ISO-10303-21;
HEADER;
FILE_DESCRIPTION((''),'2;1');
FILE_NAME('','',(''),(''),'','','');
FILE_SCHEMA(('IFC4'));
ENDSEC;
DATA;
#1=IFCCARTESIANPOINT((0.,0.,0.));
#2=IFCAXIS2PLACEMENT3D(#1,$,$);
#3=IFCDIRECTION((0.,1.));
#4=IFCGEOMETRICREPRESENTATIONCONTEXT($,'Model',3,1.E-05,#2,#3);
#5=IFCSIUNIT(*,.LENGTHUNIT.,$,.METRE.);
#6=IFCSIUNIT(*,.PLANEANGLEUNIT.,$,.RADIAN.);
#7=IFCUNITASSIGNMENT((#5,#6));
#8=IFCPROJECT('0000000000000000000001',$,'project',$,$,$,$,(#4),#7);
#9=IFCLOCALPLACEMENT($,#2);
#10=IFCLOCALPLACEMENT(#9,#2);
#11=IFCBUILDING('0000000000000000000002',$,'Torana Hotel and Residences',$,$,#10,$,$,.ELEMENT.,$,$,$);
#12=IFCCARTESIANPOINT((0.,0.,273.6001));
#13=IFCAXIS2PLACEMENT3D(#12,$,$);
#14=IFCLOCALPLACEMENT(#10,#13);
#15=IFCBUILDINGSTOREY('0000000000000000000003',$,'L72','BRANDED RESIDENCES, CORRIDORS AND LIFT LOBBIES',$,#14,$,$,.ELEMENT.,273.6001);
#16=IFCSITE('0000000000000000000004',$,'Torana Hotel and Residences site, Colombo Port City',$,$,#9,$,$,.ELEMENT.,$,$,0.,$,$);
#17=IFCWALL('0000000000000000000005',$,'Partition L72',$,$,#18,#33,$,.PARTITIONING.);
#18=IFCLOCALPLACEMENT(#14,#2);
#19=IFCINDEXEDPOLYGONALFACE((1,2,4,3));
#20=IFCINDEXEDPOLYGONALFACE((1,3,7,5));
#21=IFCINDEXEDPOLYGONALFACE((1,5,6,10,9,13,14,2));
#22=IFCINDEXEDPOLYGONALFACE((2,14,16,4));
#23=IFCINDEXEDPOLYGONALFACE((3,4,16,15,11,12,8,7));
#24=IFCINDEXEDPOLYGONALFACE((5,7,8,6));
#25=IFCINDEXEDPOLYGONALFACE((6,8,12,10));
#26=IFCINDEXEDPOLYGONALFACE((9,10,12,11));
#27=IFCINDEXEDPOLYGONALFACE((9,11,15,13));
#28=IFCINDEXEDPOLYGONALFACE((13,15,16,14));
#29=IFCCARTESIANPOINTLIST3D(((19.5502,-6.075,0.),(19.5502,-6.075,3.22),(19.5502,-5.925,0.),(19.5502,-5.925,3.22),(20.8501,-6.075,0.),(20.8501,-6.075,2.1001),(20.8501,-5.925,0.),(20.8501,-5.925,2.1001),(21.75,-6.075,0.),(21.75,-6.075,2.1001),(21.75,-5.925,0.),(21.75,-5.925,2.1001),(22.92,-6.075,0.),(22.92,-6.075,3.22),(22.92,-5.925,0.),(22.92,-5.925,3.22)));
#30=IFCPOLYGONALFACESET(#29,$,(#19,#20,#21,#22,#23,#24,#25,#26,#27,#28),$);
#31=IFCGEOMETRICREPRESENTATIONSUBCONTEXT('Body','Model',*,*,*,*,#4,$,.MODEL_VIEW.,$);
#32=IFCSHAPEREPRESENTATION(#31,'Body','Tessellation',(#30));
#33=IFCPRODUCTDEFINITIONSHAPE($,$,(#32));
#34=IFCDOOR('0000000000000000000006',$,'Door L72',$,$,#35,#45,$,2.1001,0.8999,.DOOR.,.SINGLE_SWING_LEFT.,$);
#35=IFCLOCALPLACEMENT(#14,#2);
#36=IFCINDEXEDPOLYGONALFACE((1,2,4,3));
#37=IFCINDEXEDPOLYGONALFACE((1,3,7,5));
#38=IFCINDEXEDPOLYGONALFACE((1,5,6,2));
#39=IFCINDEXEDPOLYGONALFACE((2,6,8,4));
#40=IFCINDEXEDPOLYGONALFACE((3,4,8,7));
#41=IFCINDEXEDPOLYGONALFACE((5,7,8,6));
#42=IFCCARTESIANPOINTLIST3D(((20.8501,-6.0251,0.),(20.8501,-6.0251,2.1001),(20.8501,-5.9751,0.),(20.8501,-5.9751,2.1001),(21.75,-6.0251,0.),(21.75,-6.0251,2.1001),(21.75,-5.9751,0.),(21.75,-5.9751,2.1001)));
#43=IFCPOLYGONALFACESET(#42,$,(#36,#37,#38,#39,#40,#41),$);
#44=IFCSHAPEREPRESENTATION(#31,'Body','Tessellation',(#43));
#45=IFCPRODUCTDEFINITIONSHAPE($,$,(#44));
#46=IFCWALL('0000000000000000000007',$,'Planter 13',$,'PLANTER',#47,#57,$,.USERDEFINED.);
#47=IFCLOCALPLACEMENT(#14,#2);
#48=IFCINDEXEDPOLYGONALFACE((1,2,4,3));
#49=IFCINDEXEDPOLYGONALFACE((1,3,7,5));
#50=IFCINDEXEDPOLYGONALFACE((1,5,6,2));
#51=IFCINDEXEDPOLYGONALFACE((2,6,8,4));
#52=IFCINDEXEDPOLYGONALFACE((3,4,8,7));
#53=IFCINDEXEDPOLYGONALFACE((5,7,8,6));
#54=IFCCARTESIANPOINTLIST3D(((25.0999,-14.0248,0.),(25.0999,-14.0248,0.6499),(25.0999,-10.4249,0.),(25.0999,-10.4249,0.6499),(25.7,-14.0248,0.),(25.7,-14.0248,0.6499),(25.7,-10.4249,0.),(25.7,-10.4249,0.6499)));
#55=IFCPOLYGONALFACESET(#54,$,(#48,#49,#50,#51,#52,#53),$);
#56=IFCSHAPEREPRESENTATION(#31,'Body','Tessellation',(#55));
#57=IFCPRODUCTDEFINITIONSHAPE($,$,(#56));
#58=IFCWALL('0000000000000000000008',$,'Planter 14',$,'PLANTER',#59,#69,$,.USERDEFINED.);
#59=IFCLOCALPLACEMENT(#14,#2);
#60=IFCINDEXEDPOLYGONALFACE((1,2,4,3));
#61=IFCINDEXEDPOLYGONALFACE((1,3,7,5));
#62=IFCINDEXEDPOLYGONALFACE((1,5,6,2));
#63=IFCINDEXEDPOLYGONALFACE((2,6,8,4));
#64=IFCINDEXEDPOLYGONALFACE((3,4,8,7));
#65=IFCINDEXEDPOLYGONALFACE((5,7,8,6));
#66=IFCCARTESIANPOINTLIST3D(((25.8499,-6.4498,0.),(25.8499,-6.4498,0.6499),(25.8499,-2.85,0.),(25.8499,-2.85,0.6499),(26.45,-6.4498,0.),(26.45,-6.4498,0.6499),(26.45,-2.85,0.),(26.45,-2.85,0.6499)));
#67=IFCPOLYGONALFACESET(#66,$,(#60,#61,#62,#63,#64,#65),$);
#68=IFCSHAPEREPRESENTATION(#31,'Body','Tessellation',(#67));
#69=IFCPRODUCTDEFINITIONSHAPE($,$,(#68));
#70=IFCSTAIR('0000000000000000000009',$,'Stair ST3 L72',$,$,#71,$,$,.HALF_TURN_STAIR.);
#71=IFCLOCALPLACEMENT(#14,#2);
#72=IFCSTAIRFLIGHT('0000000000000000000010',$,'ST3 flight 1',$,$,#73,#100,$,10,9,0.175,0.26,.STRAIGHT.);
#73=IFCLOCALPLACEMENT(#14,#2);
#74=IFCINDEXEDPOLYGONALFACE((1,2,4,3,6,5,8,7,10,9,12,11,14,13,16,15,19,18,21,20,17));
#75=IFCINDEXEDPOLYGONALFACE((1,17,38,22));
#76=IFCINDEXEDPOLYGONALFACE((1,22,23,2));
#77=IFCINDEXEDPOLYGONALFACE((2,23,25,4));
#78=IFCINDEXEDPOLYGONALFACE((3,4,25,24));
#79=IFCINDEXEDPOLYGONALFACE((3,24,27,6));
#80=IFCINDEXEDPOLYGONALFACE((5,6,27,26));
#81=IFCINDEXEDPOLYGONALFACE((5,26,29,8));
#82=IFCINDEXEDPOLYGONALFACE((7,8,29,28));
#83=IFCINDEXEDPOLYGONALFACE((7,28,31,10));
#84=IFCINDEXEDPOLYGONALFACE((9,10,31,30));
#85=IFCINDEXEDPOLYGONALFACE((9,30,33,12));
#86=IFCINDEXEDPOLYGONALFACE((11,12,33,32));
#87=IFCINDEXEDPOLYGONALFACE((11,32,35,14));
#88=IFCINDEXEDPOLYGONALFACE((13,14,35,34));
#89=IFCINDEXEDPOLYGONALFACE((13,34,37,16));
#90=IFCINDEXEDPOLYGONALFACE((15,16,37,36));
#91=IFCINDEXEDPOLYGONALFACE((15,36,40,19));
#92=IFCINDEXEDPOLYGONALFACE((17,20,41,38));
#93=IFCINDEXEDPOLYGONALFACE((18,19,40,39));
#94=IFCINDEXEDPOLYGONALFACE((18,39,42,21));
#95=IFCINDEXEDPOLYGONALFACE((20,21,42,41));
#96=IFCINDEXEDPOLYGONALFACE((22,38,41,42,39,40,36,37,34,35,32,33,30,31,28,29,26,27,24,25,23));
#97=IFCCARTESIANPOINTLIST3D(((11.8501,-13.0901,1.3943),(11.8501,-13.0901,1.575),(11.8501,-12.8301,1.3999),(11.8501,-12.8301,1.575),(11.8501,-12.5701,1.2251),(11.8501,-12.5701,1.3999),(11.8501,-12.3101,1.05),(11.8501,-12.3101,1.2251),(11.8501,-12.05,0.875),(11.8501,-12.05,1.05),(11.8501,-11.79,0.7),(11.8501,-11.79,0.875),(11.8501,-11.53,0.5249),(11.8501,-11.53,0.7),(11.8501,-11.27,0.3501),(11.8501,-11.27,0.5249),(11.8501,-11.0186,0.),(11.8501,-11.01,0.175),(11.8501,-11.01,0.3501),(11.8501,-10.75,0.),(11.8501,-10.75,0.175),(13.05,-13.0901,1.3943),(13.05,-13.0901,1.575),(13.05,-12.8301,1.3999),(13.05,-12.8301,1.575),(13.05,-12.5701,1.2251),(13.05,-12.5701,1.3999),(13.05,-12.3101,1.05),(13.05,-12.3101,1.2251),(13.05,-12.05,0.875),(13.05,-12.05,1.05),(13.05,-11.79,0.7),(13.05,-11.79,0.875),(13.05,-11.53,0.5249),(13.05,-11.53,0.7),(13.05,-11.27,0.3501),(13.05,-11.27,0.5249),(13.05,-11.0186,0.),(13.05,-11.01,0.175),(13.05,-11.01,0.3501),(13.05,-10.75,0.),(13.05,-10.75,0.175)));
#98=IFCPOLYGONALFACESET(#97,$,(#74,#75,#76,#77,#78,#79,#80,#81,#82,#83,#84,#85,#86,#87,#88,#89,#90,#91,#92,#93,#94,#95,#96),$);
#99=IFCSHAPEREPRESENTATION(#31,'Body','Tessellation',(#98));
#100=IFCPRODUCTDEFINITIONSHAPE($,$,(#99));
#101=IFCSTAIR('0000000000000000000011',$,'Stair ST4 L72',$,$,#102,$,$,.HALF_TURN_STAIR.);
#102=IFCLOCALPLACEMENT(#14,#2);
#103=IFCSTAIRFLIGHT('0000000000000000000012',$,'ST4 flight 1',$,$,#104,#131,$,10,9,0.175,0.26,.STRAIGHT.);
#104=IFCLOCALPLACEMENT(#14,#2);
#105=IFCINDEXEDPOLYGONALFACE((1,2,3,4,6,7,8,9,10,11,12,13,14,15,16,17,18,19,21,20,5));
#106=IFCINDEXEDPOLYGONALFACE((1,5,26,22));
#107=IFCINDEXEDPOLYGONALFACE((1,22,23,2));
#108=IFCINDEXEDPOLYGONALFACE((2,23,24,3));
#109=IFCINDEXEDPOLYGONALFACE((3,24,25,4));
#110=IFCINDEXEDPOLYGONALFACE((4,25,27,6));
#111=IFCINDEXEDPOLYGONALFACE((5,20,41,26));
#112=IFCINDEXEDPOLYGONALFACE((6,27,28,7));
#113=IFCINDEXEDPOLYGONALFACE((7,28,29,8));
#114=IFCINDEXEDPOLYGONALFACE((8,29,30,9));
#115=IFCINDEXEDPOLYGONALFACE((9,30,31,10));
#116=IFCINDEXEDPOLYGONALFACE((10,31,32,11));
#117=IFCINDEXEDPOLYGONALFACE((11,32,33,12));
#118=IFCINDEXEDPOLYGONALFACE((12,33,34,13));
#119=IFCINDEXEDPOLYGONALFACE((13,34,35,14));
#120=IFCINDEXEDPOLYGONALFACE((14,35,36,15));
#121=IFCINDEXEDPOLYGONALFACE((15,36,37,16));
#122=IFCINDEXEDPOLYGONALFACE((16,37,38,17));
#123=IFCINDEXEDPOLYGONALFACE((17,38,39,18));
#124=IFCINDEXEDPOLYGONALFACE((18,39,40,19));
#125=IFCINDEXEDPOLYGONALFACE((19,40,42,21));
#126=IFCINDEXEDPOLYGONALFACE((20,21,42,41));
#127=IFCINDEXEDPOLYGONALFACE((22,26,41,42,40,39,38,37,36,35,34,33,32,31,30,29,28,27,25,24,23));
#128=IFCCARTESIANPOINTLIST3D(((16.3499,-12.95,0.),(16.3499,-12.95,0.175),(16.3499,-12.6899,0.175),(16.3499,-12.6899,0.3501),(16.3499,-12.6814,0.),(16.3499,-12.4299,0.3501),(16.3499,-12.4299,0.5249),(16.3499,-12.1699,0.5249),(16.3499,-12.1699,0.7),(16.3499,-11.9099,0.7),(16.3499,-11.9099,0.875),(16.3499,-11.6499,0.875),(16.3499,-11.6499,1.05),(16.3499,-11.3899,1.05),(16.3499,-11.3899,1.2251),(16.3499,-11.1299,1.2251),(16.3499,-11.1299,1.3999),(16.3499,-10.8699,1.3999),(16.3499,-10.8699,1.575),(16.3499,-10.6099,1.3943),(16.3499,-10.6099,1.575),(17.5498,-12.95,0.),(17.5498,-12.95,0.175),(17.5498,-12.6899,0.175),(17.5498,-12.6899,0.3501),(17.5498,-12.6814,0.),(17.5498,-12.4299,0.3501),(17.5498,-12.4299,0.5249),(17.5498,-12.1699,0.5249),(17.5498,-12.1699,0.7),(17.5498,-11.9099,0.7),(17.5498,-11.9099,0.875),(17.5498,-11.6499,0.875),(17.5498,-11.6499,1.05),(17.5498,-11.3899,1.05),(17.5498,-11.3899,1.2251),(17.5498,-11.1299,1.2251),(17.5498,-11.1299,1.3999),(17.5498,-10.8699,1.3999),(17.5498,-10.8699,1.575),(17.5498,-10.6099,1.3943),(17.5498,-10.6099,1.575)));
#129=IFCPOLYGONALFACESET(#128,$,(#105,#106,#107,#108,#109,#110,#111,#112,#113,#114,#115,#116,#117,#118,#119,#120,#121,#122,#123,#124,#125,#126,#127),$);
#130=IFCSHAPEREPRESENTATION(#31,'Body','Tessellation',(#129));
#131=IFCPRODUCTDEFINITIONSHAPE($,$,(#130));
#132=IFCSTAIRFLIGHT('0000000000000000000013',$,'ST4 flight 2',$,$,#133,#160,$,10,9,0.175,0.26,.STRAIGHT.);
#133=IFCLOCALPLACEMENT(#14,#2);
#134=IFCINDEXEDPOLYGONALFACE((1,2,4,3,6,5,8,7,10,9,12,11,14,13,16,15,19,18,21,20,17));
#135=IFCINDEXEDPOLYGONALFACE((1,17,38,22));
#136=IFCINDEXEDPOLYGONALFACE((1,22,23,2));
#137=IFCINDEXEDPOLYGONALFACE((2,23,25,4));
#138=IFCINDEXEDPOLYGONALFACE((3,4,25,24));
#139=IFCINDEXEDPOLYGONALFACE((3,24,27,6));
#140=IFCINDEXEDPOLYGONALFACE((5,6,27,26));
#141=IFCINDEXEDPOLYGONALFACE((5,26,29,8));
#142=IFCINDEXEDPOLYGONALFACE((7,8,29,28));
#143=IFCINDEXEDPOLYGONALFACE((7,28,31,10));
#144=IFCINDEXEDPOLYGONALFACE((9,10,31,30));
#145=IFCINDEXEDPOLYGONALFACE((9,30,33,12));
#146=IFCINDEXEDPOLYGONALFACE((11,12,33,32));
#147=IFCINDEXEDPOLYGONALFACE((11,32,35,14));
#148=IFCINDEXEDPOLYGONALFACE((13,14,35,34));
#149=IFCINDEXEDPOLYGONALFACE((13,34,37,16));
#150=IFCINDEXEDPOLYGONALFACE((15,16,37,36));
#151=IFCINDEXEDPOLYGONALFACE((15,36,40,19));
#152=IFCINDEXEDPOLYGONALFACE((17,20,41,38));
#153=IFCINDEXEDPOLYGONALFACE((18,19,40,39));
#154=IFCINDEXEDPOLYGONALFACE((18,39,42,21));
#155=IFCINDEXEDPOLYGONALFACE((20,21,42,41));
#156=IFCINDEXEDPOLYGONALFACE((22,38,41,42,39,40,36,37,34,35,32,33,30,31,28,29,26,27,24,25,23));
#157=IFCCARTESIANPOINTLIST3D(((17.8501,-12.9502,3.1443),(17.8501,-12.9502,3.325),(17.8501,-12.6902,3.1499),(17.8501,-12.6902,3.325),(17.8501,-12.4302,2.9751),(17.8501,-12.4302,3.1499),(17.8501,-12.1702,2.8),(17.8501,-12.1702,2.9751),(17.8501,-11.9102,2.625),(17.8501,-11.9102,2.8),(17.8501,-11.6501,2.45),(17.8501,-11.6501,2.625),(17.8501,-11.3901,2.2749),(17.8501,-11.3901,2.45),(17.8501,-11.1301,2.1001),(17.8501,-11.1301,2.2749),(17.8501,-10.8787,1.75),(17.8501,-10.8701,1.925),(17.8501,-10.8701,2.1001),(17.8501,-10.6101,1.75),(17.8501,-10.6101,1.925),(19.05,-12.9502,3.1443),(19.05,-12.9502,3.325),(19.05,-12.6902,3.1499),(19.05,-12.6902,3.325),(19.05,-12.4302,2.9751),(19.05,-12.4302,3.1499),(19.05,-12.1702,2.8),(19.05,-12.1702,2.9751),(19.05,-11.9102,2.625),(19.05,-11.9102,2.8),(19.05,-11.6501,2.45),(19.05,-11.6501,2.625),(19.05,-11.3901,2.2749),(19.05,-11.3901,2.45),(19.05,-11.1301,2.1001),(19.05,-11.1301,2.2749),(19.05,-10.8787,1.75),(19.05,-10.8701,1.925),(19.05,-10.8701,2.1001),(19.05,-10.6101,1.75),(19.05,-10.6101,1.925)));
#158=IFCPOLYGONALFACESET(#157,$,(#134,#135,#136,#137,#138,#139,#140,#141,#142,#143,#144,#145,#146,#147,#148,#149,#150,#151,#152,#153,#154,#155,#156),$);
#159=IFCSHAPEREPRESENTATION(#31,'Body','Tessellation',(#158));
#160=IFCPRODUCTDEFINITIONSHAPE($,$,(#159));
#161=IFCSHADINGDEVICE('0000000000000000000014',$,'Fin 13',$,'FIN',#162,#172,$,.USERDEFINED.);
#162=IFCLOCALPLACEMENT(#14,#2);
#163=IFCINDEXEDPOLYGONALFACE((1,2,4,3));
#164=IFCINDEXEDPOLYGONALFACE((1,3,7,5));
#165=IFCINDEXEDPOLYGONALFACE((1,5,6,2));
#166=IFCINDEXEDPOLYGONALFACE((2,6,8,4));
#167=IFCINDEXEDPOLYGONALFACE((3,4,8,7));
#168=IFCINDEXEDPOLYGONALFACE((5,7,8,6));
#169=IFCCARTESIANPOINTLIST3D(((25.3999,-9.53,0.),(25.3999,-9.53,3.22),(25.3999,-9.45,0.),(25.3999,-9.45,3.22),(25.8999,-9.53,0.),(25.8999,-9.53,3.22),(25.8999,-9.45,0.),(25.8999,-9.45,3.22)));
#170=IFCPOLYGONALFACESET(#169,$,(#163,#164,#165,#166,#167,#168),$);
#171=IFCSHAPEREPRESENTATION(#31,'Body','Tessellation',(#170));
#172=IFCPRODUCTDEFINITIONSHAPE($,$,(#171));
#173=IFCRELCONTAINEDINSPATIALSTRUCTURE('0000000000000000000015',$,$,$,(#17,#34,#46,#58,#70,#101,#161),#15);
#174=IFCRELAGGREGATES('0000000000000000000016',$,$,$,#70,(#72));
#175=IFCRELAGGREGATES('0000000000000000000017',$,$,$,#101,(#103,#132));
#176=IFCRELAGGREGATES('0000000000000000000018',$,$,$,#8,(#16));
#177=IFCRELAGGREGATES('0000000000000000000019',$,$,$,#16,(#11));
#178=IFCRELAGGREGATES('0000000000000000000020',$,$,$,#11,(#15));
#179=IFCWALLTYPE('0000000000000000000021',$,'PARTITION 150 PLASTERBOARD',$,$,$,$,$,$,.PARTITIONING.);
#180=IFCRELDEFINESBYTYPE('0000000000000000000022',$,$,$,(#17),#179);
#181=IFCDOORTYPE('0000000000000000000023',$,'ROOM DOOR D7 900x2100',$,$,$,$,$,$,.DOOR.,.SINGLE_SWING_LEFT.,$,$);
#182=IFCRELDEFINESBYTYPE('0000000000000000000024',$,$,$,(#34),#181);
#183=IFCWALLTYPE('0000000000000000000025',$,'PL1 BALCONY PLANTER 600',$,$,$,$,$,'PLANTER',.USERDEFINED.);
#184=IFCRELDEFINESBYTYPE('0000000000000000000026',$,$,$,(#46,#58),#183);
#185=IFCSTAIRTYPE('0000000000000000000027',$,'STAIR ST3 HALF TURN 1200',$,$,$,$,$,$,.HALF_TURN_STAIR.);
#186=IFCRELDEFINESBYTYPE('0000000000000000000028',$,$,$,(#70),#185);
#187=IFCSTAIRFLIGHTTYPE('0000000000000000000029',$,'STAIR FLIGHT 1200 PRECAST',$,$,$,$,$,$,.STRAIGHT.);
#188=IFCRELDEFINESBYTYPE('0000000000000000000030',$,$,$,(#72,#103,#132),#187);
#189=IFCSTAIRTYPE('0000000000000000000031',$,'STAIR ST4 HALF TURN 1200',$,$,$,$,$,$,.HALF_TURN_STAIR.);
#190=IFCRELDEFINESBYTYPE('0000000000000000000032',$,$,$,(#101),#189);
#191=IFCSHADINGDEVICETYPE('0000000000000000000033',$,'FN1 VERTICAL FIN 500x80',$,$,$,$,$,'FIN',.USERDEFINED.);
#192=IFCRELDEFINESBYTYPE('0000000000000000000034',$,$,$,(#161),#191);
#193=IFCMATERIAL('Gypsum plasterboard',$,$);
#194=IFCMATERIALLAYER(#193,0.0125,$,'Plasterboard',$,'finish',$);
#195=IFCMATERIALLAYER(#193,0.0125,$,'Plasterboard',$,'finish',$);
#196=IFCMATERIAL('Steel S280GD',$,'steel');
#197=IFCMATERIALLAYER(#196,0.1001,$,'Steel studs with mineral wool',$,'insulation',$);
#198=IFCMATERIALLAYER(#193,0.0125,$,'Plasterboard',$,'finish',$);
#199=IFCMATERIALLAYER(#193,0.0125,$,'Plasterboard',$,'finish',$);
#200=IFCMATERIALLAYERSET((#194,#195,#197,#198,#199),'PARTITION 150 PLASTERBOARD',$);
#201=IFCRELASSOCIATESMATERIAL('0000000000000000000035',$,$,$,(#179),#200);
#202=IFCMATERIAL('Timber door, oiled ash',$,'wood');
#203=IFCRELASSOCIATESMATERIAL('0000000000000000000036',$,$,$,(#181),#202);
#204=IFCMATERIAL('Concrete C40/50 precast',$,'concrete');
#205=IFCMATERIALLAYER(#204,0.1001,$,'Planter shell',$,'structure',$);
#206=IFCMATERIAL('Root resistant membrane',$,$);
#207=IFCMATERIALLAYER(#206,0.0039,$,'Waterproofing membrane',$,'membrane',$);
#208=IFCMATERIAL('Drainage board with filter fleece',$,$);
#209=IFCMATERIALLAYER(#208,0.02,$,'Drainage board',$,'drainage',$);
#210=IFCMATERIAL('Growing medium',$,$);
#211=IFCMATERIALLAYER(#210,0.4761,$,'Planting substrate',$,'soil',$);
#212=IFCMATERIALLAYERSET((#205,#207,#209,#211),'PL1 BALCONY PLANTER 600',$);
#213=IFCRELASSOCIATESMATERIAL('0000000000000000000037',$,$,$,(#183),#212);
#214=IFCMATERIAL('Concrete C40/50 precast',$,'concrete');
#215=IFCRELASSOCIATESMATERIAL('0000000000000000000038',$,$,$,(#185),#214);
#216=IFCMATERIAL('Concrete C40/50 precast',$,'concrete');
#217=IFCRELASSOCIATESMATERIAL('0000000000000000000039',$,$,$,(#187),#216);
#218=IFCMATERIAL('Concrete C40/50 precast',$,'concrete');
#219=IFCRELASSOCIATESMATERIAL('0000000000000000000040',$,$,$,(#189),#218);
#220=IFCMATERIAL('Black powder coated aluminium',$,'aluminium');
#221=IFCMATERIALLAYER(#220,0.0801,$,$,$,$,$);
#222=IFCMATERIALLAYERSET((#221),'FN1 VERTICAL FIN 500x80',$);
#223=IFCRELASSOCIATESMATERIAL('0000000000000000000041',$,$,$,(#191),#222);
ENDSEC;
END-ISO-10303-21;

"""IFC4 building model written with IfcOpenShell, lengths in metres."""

from ifc_helpers import new_model, si_unit, direction, frame, frame_2d, origin, origin_2d, place, context, subcontext, project, spatial, polyline, rectangle, outline, extrude, material, layer, layer_set, type_object, element, fill, aggregate, save


model = new_model("IFC4")

# Units and contexts
model_context = context("Model", 3, precision=1e-05, world=origin(), true_north=direction((0.0, 1.0)))
body_context = subcontext(model_context, "Body", "Model", "MODEL_VIEW")
ifc_project = project(units=[si_unit("LENGTHUNIT", "METRE"), si_unit("PLANEANGLEUNIT", "RADIAN")], contexts=[model_context])

# Site, building, storey
site_placement = place(None, origin())
site = spatial("IfcSite", under=ifc_project, at=site_placement, Name="Torana Hotel and Residences site, Colombo Port City", CompositionType="ELEMENT", RefElevation=0.0)
building_placement = place(site_placement, origin())
building = spatial("IfcBuilding", under=site, at=building_placement, Name="Torana Hotel and Residences", CompositionType="ELEMENT")
storey_placement = place(building_placement, frame((0.0, 0.0, 273.6001)))
storey = spatial("IfcBuildingStorey", under=building, at=storey_placement, Name="L72", Description="BRANDED RESIDENCES, CORRIDORS AND LIFT LOBBIES", CompositionType="ELEMENT", Elevation=273.6001)

# Shared definitions
ifc_material_1 = material(Name="Steel S280GD", Category="steel")

# Shared definitions
ifc_material_2 = material(Name="Concrete C40/50 precast", Category="concrete")

# Shared definitions
ifc_material_3 = material(Name="Gypsum plasterboard")
ifc_layer_1 = layer(ifc_material_3, 0.0125, Name="Plasterboard", Category="finish")
ifc_layer_2 = layer(ifc_material_3, 0.0125, Name="Plasterboard", Category="finish")
ifc_layer_3 = layer(ifc_material_1, 0.1001, Name="Steel studs with mineral wool", Category="insulation")
ifc_layer_4 = layer(ifc_material_3, 0.0125, Name="Plasterboard", Category="finish")
ifc_layer_5 = layer(ifc_material_3, 0.0125, Name="Plasterboard", Category="finish")
ifc_layer_set_1 = layer_set([ifc_layer_1, ifc_layer_2, ifc_layer_3, ifc_layer_4, ifc_layer_5], Name="PARTITION 150 PLASTERBOARD")
wall_type_1 = type_object("IfcWallType", Name="PARTITION 150 PLASTERBOARD", PredefinedType="PARTITIONING", material=ifc_layer_set_1)

# Wall, opening, door
wall_1_placement = place(storey_placement, frame((19.55, -6.0, 0.0), z_axis=(0.0, 0.0, 1.0), x_axis=(1.0, 0.0, 0.0)))
wall_1 = element("IfcWall", 1, at=wall_1_placement, inside=storey, type_object=wall_type_1, Name="Partition L72", PredefinedType="PARTITIONING", context=body_context, shape_type="SweptSolid", body=[
    extrude(rectangle(XDim=3.3699, YDim=0.1499, at=frame_2d((1.6851, 0.0))), origin(), (0.0, 0.0, 1.0), 3.22),
])
opening_1_placement = place(wall_1_placement, frame((1.3, 0.0, 0.0)))
opening_1 = element("IfcOpeningElement", 2, at=opening_1_placement, cuts=wall_1, PredefinedType="OPENING", context=body_context, shape_type="SweptSolid", body=[
    extrude(rectangle(XDim=0.8999, YDim=2.1001, at=frame_2d((0.45, 1.05))), frame((0.0, 0.085, 0.0), z_axis=(0.0, -1.0, 0.0), x_axis=(1.0, 0.0, 0.0)), (0.0, 0.0, 1.0), 0.1699),
])
ifc_material_4 = material(Name="Timber door, oiled ash", Category="wood")
door_type = type_object("IfcDoorType", Name="ROOM DOOR D7 900x2100", OperationType="SINGLE_SWING_LEFT", PredefinedType="DOOR", material=ifc_material_4)
door_placement = place(opening_1_placement, origin())
door = element("IfcDoor", 3, at=door_placement, inside=storey, type_object=door_type, Name="Door L72", OperationType="SINGLE_SWING_LEFT", OverallHeight=2.1001, OverallWidth=0.8999, PredefinedType="DOOR", context=body_context, shape_type="SweptSolid", body=[
    extrude(rectangle(XDim=0.8999, YDim=2.1001, at=frame_2d((0.45, 1.05))), frame((0.0, 0.0249, 0.0), z_axis=(0.0, -1.0, 0.0), x_axis=(1.0, 0.0, 0.0)), (0.0, 0.0, 1.0), 0.05),
])
fill(opening_1, door)

# Walls
ifc_layer_6 = layer(ifc_material_2, 0.1001, Name="Planter shell", Category="structure")
ifc_material_5 = material(Name="Root resistant membrane")
ifc_layer_7 = layer(ifc_material_5, 0.0039, Name="Waterproofing membrane", Category="membrane")
ifc_material_6 = material(Name="Drainage board with filter fleece")
ifc_layer_8 = layer(ifc_material_6, 0.02, Name="Drainage board", Category="drainage")
ifc_material_7 = material(Name="Growing medium")
ifc_layer_9 = layer(ifc_material_7, 0.4761, Name="Planting substrate", Category="soil")
ifc_layer_set_2 = layer_set([ifc_layer_6, ifc_layer_7, ifc_layer_8, ifc_layer_9], Name="PL1 BALCONY PLANTER 600")
wall_type_2 = type_object("IfcWallType", Name="PL1 BALCONY PLANTER 600", ElementType="PLANTER", PredefinedType="USERDEFINED", material=ifc_layer_set_2)
for number, where, z_axis, x_axis, name in (
    (4, (25.3999, -10.425, 0.0), (0.0, 0.0, 1.0), (0.0, -1.0, 0.0), "Planter 13"),
    (5, (26.1499, -2.8501, 0.0), (0.0, 0.0, 1.0), (0.0, -1.0, 0.0), "Planter 14"),
):
    element("IfcWall", number, at=place(storey_placement, frame(where, z_axis=z_axis, x_axis=x_axis)), inside=storey, type_object=wall_type_2, Name=name, ObjectType="PLANTER", PredefinedType="USERDEFINED", context=body_context, shape_type="SweptSolid", body=[
        extrude(rectangle(XDim=3.5999, YDim=0.6001, at=frame_2d((1.7998, 0.0))), origin(), (0.0, 0.0, 1.0), 0.6499),
    ])

# Stair, stair flight
ifc_material_8 = material(Name="Concrete C40/50 precast", Category="concrete")
stair_type_1 = type_object("IfcStairType", Name="STAIR ST3 HALF TURN 1200", PredefinedType="HALF_TURN_STAIR", material=ifc_material_8)
stair_1_placement = place(storey_placement, origin())
stair_1 = element("IfcStair", 6, at=stair_1_placement, inside=storey, type_object=stair_type_1, Name="Stair ST3 L72", PredefinedType="HALF_TURN_STAIR")
ifc_material_9 = material(Name="Concrete C40/50 precast", Category="concrete")
stair_flight_type = type_object("IfcStairFlightType", Name="STAIR FLIGHT 1200 PRECAST", PredefinedType="STRAIGHT", material=ifc_material_9)
stair_flight_1_placement = place(storey_placement, frame((12.45, -10.75, 0.0), z_axis=(0.0, 0.0, 1.0), x_axis=(0.0, -1.0, 0.0)))
stair_flight_1 = element("IfcStairFlight", 7, at=stair_flight_1_placement, type_object=stair_flight_type, Name="ST3 flight 1", NumberOfRisers=10, NumberOfTreads=9, PredefinedType="STRAIGHT", RiserHeight=0.175, TreadLength=0.26, context=body_context, shape_type="SweptSolid", body=[
    extrude(outline(polyline([(0.0, 0.0), (0.0, 0.175), (0.26, 0.175), (0.26, 0.3501), (0.52, 0.3501), (0.52, 0.5249), (0.78, 0.5249), (0.78, 0.7), (1.04, 0.7), (1.04, 0.875), (1.3, 0.875), (1.3, 1.05), (1.5601, 1.05), (1.5601, 1.2251), (1.8201, 1.2251), (1.8201, 1.3999), (2.0801, 1.3999), (2.0801, 1.575), (2.3401, 1.575), (2.3401, 1.75), (2.3401, 1.3943), (0.2686, 0.0), (0.0, 0.0)])), frame((0.0, 0.6001, 0.0), z_axis=(0.0, -1.0, 0.0), x_axis=(1.0, 0.0, 0.0)), (0.0, 0.0, 1.0), 1.2),
])
aggregate(stair_1, [stair_flight_1])

# Stair, stair flights
ifc_material_10 = material(Name="Concrete C40/50 precast", Category="concrete")
stair_type_2 = type_object("IfcStairType", Name="STAIR ST4 HALF TURN 1200", PredefinedType="HALF_TURN_STAIR", material=ifc_material_10)
stair_2_placement = place(storey_placement, origin())
stair_2 = element("IfcStair", 8, at=stair_2_placement, inside=storey, type_object=stair_type_2, Name="Stair ST4 L72", PredefinedType="HALF_TURN_STAIR")
stair_flight_2_placement = place(storey_placement, frame((16.95, -12.95, 0.0), z_axis=(0.0, 0.0, 1.0), x_axis=(0.0, 1.0, 0.0)))
stair_flight_2 = element("IfcStairFlight", 9, at=stair_flight_2_placement, type_object=stair_flight_type, Name="ST4 flight 1", NumberOfRisers=10, NumberOfTreads=9, PredefinedType="STRAIGHT", RiserHeight=0.175, TreadLength=0.26, context=body_context, shape_type="SweptSolid", body=[
    extrude(outline(polyline([(0.0, 0.0), (0.0, 0.175), (0.26, 0.175), (0.26, 0.3501), (0.52, 0.3501), (0.52, 0.5249), (0.78, 0.5249), (0.78, 0.7), (1.04, 0.7), (1.04, 0.875), (1.3, 0.875), (1.3, 1.05), (1.5601, 1.05), (1.5601, 1.2251), (1.8201, 1.2251), (1.8201, 1.3999), (2.0801, 1.3999), (2.0801, 1.575), (2.3401, 1.575), (2.3401, 1.75), (2.3401, 1.3943), (0.2686, 0.0), (0.0, 0.0)])), frame((0.0, 0.6001, 0.0), z_axis=(0.0, -1.0, 0.0), x_axis=(1.0, 0.0, 0.0)), (0.0, 0.0, 1.0), 1.2),
])
stair_flight_3_placement = place(storey_placement, frame((18.45, -10.6101, 1.75), z_axis=(0.0, 0.0, 1.0), x_axis=(0.0, -1.0, 0.0)))
stair_flight_3 = element("IfcStairFlight", 10, at=stair_flight_3_placement, type_object=stair_flight_type, Name="ST4 flight 2", NumberOfRisers=10, NumberOfTreads=9, PredefinedType="STRAIGHT", RiserHeight=0.175, TreadLength=0.26, context=body_context, shape_type="SweptSolid", body=[
    extrude(outline(polyline([(0.0, 0.0), (0.0, 0.175), (0.26, 0.175), (0.26, 0.3501), (0.52, 0.3501), (0.52, 0.5249), (0.78, 0.5249), (0.78, 0.7), (1.04, 0.7), (1.04, 0.875), (1.3, 0.875), (1.3, 1.05), (1.5601, 1.05), (1.5601, 1.2251), (1.8201, 1.2251), (1.8201, 1.3999), (2.0801, 1.3999), (2.0801, 1.575), (2.3401, 1.575), (2.3401, 1.75), (2.3401, 1.3943), (0.2686, 0.0), (0.0, 0.0)])), frame((0.0, 0.6001, 0.0), z_axis=(0.0, -1.0, 0.0), x_axis=(1.0, 0.0, 0.0)), (0.0, 0.0, 1.0), 1.2),
])
aggregate(stair_2, [stair_flight_2, stair_flight_3])

# Shading device
ifc_material_11 = material(Name="Black powder coated aluminium", Category="aluminium")
ifc_layer_10 = layer(ifc_material_11, 0.0801)
ifc_layer_set_3 = layer_set([ifc_layer_10], Name="FN1 VERTICAL FIN 500x80")
shading_device_type_1 = type_object("IfcShadingDeviceType", Name="FN1 VERTICAL FIN 500x80", ElementType="FIN", PredefinedType="USERDEFINED", material=ifc_layer_set_3)
shading_device_1_placement = place(storey_placement, frame((25.6499, -9.49, 0.0), z_axis=(0.0, 0.0, 1.0), x_axis=(0.0, -1.0, 0.0)))
element("IfcShadingDevice", 11, at=shading_device_1_placement, inside=storey, type_object=shading_device_type_1, Name="Fin 13", ObjectType="FIN", PredefinedType="USERDEFINED", context=body_context, shape_type="SweptSolid", body=[
    extrude(rectangle(XDim=0.0801, YDim=0.5, at=origin_2d()), origin(), (0.0, 0.0, 1.0), 3.22),
])

save(model, "model.ifc")
